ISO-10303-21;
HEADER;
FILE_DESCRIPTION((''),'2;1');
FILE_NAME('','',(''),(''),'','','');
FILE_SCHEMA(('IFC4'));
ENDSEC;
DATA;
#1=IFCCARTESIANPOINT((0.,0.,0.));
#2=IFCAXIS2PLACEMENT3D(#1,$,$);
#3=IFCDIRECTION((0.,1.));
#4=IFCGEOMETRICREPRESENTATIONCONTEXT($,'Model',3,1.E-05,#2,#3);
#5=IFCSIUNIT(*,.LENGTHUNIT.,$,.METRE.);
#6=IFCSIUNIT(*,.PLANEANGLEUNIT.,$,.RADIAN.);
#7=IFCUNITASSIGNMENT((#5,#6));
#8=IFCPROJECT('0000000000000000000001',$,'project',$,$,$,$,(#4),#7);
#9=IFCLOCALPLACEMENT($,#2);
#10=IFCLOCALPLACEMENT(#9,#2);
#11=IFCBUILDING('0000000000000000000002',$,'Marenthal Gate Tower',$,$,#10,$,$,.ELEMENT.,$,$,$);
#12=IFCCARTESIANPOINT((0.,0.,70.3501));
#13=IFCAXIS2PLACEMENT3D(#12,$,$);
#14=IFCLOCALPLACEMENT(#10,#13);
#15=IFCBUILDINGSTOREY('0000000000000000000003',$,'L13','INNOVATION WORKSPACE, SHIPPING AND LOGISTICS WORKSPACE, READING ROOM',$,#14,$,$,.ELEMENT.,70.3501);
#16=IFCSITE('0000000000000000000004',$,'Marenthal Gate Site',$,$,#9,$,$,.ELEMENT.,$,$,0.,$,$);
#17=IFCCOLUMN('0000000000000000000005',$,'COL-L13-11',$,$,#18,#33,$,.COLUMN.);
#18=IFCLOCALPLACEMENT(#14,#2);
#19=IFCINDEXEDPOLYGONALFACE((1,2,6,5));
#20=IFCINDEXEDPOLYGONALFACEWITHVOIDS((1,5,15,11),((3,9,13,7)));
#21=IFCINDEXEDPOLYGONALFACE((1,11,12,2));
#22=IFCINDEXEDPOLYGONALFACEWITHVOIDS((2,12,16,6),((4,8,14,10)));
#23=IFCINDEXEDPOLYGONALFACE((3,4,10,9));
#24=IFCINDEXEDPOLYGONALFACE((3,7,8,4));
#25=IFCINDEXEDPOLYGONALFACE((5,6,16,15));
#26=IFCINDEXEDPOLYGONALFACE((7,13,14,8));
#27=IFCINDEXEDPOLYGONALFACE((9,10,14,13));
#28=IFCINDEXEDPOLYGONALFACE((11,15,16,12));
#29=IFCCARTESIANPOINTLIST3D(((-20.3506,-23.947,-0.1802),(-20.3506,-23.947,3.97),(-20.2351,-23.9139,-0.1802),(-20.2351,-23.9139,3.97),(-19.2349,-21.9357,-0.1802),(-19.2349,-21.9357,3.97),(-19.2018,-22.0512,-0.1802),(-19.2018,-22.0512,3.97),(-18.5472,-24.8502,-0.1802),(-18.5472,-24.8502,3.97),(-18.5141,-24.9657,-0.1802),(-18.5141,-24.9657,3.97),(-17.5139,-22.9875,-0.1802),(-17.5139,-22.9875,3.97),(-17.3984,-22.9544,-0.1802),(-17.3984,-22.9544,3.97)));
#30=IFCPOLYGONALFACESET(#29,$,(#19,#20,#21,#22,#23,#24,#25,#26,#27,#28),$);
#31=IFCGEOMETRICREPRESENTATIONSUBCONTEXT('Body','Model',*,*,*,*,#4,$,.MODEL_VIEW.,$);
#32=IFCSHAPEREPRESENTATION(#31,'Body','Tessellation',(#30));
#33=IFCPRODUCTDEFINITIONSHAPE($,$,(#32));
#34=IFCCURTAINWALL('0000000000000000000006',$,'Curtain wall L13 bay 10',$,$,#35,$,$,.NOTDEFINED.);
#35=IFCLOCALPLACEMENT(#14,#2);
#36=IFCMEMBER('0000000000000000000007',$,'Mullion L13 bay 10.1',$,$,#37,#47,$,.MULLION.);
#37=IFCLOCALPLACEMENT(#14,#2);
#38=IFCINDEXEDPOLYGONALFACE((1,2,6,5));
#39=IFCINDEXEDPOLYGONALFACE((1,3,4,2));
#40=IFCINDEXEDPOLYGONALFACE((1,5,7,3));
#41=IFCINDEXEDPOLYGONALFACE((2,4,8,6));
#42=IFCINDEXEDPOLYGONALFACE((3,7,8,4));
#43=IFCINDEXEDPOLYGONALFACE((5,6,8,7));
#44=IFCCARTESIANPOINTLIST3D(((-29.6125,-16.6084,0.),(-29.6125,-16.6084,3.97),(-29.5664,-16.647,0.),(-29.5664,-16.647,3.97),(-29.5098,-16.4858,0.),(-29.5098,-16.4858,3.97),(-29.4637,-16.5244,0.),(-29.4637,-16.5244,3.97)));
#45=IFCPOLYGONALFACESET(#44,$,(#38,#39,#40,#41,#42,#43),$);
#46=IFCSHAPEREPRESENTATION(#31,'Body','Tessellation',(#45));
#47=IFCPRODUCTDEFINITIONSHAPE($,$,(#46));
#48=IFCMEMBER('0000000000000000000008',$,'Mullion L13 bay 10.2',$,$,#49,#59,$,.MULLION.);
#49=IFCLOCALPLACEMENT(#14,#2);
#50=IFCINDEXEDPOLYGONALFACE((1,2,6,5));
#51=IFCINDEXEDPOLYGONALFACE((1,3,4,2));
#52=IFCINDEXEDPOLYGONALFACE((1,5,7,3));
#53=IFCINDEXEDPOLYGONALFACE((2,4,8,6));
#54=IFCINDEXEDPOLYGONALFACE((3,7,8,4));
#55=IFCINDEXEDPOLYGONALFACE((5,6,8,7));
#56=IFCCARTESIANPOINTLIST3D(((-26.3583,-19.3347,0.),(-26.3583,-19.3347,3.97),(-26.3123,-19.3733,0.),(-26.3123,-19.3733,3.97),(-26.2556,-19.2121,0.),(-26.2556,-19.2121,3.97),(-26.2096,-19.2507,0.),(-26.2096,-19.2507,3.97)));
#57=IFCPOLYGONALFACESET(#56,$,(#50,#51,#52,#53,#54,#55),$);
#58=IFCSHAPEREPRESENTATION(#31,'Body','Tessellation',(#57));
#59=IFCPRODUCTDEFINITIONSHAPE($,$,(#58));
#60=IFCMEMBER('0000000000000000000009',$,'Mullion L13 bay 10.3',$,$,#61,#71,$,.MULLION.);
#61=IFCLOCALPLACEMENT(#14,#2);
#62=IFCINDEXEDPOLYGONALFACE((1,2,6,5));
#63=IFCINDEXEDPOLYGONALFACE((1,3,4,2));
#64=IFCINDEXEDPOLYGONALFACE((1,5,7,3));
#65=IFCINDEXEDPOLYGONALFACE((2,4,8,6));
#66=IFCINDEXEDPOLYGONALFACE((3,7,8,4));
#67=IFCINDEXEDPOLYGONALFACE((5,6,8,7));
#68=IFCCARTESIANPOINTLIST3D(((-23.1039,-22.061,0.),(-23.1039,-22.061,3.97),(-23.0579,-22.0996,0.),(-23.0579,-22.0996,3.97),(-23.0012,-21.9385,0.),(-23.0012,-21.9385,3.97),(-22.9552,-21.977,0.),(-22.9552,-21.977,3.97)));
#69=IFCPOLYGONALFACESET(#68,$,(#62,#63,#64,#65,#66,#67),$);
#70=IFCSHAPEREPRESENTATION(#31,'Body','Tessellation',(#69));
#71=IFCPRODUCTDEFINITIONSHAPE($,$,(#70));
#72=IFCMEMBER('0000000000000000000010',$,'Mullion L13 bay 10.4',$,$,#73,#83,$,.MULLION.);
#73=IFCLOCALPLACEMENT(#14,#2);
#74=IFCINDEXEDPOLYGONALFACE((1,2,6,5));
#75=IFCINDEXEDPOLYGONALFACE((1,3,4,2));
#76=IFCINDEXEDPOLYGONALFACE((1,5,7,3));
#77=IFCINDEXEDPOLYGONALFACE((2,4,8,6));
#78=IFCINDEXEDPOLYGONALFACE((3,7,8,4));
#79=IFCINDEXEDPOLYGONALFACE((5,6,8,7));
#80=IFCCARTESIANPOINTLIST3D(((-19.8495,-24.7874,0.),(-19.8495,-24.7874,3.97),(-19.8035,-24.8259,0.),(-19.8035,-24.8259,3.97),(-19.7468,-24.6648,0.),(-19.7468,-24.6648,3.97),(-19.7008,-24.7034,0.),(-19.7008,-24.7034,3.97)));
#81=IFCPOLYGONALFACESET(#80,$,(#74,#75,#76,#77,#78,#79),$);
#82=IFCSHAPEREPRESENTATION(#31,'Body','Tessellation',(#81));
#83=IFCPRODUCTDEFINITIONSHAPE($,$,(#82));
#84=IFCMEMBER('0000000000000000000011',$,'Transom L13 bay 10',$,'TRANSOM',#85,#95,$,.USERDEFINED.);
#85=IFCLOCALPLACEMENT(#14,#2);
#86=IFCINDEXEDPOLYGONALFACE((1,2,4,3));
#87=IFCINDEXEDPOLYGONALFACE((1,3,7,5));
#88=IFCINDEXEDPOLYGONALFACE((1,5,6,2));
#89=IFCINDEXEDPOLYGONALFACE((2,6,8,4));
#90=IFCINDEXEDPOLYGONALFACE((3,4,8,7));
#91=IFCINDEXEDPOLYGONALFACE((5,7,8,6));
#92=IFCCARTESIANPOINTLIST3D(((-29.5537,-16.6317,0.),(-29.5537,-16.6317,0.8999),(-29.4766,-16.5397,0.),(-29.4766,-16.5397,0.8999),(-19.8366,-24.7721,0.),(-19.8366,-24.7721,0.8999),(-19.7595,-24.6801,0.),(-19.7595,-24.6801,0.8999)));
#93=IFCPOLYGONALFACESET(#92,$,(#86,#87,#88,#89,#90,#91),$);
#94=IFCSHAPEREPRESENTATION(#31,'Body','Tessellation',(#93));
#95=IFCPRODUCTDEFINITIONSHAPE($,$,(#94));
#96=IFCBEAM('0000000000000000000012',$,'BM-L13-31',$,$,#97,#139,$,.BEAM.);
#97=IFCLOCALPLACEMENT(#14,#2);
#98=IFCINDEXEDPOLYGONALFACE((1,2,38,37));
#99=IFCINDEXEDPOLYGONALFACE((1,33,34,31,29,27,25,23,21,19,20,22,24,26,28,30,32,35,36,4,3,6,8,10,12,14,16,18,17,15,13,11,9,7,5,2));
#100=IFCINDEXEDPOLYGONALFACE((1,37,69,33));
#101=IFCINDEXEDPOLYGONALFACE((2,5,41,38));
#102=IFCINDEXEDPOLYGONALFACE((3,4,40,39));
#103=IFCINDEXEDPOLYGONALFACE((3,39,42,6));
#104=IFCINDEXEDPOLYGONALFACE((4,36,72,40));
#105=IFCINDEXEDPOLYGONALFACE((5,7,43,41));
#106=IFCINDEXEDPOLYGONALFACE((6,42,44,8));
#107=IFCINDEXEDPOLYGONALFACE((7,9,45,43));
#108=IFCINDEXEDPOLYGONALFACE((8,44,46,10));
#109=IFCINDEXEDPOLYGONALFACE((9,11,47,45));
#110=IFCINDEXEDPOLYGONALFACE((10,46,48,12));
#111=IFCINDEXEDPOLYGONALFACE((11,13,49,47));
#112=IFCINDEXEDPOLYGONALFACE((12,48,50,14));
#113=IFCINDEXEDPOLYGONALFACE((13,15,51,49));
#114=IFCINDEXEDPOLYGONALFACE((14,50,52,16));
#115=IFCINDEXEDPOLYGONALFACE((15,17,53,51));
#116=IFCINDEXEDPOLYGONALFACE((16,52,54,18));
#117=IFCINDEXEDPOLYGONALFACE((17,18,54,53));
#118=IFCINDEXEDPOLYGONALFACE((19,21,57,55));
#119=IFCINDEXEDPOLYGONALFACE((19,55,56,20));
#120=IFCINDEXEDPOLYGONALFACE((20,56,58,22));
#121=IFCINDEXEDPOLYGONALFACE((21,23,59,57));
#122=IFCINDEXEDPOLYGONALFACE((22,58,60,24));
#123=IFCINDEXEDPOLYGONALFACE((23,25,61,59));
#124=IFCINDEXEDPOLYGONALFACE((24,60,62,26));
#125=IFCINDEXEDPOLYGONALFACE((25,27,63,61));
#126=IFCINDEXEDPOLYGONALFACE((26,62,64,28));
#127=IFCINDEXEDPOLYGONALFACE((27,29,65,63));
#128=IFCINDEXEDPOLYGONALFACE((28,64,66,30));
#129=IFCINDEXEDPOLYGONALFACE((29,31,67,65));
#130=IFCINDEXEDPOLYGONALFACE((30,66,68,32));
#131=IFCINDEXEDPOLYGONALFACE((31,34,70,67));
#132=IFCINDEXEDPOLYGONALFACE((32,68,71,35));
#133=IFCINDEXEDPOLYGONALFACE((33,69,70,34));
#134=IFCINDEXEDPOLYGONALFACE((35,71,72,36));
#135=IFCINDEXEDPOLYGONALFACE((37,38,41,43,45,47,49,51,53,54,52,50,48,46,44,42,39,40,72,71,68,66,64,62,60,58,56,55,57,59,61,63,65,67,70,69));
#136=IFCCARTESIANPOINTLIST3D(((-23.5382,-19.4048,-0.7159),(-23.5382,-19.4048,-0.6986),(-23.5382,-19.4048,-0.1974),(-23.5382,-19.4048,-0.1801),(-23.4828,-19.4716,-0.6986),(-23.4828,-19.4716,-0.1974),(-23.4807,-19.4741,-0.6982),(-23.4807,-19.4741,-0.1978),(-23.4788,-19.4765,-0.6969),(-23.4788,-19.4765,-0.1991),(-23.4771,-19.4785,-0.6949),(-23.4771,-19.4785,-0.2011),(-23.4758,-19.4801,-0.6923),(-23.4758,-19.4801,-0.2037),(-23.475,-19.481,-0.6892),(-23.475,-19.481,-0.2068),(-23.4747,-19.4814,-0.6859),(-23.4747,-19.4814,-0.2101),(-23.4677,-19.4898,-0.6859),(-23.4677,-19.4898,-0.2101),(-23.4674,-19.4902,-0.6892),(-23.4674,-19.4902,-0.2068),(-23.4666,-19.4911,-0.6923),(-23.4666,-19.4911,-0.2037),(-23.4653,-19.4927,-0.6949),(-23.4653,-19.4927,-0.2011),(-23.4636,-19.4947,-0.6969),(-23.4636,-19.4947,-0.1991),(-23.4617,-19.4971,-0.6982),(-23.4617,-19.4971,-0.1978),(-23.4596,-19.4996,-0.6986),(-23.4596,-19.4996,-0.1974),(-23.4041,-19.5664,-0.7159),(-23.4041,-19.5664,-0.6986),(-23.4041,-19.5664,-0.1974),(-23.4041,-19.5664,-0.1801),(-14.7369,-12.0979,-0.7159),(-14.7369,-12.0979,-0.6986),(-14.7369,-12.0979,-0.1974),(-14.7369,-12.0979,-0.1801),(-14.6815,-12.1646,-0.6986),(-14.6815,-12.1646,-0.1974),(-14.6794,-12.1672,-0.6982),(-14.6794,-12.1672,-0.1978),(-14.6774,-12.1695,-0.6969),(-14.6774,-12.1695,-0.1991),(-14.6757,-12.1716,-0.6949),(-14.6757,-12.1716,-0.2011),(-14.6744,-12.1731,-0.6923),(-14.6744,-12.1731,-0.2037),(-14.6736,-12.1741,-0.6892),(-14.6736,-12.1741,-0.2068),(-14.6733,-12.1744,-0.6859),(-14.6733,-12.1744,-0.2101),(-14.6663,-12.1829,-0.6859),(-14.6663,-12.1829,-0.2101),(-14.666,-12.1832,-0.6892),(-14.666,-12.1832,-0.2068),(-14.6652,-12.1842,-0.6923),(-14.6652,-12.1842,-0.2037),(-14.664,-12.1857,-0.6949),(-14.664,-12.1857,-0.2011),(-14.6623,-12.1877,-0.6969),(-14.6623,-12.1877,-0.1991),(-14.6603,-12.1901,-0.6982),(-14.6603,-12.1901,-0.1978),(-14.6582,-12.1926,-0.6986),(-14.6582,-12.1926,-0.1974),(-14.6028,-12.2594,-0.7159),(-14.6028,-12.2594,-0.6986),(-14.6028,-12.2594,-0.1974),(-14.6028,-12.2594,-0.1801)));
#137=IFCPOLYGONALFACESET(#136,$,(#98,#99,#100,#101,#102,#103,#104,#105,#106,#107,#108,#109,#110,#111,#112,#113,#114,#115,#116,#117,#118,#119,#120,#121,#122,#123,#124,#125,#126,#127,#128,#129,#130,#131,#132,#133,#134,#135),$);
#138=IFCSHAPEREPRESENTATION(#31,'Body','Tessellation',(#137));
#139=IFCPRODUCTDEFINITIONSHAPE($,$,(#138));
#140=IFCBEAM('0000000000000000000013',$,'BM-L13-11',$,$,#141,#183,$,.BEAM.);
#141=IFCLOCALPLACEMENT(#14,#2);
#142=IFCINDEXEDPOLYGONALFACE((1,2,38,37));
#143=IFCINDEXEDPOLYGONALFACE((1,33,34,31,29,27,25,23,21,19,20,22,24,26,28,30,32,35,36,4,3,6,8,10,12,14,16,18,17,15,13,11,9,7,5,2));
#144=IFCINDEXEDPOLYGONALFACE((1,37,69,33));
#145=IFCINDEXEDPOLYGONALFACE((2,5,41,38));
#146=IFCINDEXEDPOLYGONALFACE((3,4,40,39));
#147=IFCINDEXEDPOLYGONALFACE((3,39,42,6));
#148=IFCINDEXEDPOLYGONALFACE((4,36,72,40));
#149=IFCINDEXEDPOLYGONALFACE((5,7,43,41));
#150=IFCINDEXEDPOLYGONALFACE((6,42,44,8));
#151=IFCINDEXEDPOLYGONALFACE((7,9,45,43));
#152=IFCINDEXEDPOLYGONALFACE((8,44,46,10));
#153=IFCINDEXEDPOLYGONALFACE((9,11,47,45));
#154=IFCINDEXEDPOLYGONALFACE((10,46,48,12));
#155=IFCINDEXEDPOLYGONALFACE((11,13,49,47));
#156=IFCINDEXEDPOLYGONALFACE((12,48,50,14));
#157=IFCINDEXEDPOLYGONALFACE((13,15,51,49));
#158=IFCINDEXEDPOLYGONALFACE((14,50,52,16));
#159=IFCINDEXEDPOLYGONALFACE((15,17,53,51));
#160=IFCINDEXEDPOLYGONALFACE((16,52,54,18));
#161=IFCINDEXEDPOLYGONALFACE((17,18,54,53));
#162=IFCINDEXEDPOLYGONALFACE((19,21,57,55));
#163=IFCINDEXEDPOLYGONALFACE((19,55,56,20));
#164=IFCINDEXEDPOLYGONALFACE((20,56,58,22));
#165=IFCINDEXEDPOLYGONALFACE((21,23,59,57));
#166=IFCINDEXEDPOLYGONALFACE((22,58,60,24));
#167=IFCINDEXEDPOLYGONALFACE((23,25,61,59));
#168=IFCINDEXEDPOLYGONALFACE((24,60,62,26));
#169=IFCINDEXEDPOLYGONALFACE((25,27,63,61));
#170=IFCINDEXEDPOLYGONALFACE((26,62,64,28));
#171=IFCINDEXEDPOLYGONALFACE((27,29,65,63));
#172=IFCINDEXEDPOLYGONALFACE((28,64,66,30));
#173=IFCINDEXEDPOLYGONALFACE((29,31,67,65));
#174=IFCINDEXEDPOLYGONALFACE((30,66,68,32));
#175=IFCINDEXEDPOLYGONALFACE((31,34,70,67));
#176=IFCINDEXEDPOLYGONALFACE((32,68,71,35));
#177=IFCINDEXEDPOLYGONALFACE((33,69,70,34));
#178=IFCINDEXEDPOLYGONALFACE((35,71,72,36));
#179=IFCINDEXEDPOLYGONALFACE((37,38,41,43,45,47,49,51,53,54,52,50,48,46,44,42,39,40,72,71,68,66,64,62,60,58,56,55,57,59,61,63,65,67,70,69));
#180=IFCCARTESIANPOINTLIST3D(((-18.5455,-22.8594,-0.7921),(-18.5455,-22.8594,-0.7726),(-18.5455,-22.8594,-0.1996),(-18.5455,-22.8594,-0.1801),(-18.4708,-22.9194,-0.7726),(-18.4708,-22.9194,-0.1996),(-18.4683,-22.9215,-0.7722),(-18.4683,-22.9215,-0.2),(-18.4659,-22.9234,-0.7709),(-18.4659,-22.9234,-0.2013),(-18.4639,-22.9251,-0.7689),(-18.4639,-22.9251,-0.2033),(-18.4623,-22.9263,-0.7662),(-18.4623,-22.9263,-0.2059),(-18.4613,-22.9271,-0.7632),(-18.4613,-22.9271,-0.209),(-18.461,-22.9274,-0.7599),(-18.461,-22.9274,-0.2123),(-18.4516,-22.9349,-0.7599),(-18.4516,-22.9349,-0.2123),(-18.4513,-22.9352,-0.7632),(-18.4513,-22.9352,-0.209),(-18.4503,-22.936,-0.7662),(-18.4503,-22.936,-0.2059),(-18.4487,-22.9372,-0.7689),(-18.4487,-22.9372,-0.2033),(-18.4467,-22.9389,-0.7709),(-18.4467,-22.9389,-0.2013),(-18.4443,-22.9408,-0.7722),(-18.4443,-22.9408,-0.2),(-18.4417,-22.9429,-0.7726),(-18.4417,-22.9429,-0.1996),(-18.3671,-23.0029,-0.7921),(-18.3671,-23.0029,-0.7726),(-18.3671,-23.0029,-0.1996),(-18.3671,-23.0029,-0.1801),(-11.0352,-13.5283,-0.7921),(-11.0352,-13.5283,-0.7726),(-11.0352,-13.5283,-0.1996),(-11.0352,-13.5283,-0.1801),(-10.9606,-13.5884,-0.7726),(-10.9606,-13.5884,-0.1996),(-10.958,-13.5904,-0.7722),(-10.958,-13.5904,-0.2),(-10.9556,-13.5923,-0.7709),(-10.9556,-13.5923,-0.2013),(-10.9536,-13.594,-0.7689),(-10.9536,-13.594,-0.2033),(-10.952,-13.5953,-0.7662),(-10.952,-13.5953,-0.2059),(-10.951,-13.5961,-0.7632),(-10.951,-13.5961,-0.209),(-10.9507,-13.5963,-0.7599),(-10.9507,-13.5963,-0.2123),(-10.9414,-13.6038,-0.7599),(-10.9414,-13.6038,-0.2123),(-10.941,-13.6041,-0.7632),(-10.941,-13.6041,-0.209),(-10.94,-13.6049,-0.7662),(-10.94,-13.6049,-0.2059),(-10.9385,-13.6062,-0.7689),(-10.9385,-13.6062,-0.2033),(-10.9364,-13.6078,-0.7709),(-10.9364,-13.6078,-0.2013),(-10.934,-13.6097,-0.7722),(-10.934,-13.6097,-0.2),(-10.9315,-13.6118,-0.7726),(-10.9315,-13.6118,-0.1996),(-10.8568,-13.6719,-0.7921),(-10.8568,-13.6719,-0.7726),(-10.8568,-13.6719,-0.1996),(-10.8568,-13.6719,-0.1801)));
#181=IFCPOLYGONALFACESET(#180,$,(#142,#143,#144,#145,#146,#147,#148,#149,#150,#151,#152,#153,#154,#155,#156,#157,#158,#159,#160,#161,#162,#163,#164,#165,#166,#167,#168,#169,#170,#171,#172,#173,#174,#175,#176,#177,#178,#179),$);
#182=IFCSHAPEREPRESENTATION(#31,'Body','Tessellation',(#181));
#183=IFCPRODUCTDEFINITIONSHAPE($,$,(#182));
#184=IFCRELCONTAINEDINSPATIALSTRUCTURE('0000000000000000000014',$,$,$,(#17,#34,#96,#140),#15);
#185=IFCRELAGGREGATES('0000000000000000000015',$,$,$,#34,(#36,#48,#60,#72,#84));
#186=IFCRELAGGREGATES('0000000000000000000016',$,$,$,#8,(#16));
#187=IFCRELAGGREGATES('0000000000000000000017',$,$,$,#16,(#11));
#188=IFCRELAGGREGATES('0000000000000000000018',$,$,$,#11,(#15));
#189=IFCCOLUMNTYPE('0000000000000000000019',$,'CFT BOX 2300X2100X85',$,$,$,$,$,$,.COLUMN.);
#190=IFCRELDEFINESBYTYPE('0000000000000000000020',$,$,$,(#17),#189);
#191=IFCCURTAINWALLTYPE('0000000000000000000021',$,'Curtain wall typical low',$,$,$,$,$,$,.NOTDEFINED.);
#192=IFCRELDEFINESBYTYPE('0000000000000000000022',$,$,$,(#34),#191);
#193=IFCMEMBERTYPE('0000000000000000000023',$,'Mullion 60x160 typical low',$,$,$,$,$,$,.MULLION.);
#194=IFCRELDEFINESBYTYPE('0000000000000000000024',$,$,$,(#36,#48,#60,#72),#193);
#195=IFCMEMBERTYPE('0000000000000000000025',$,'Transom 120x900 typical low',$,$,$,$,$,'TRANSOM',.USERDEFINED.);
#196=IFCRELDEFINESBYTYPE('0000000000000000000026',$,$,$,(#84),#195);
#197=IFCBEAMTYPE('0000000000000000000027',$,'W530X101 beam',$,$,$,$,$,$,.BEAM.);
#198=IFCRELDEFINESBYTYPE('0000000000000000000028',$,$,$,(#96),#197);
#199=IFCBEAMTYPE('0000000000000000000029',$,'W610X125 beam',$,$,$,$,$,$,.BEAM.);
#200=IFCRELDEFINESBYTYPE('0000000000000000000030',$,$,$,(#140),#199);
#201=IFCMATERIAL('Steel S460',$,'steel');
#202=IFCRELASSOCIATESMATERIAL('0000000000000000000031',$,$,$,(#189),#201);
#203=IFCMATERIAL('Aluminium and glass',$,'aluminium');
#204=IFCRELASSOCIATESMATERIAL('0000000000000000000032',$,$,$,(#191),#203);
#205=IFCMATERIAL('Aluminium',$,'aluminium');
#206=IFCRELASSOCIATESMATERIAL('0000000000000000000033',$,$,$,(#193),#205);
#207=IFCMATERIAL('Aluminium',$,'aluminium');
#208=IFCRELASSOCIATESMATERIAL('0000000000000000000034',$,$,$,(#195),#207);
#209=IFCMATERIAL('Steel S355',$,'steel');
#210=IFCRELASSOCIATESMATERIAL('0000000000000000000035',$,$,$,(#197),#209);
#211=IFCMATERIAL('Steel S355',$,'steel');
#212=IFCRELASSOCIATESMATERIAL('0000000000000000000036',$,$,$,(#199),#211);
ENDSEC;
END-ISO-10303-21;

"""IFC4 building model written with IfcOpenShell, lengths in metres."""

from ifc_helpers import new_model, si_unit, direction, frame, origin, origin_2d, place, context, subcontext, project, spatial, rectangle, hollow_rectangle, i_section, extrude, material, material_profile, profile_set, type_object, element, aggregate, save


model = new_model("IFC4")

# Units and contexts
model_context = context("Model", 3, precision=1e-05, world=origin(), true_north=direction((0.0, 1.0)))
body_context = subcontext(model_context, "Body", "Model", "MODEL_VIEW")
ifc_project = project(units=[si_unit("LENGTHUNIT", "METRE"), si_unit("PLANEANGLEUNIT", "RADIAN")], contexts=[model_context])

# Site, building, storey
site_placement = place(None, origin())
site = spatial("IfcSite", under=ifc_project, at=site_placement, Name="Marenthal Gate Site", CompositionType="ELEMENT", RefElevation=0.0)
building_placement = place(site_placement, origin())
building = spatial("IfcBuilding", under=site, at=building_placement, Name="Marenthal Gate Tower", CompositionType="ELEMENT")
storey_placement = place(building_placement, frame((0.0, 0.0, 70.3501)))
storey = spatial("IfcBuildingStorey", under=building, at=storey_placement, Name="L13", Description="INNOVATION WORKSPACE, SHIPPING AND LOGISTICS WORKSPACE, READING ROOM", CompositionType="ELEMENT", Elevation=70.3501)

# Column
ifc_material_1 = material(Name="Steel S460", Category="steel")
ifc_material_profile_1 = material_profile(ifc_material_1, hollow_rectangle(XDim=2.1001, YDim=2.3, WallThickness=0.085, at=origin_2d()), Name="CFT BOX 2300X2100X85")
ifc_material_2 = material(Name="Concrete 70 MPa", Category="concrete")
ifc_material_profile_2 = material_profile(ifc_material_2, rectangle(XDim=1.9299, YDim=2.1299, at=origin_2d()), Name="CFT BOX 2300X2100X85 INFILL")
ifc_profile_set_1 = profile_set([ifc_material_profile_1, ifc_material_profile_2], Name="Steel S460 shell, Concrete 70 MPa infill")
column_type = type_object("IfcColumnType", Name="CFT BOX 2300X2100X85", PredefinedType="COLUMN", material=ifc_profile_set_1)
column_placement = place(storey_placement, frame((-18.8745, -23.4507, -0.1802), z_axis=(0.0, 0.0, 1.0), x_axis=(-0.874469, 0.485081, 0.0)))
element("IfcColumn", 1, at=column_placement, inside=storey, type_object=column_type, Name="COL-L13-11", PredefinedType="COLUMN", context=body_context, shape_type="SweptSolid", body=[
    extrude(hollow_rectangle(XDim=2.1001, YDim=2.3, WallThickness=0.085, at=origin_2d()), origin(), (0.0, 0.0, 1.0), 4.1501),
])

# Curtain wall, members
ifc_material_3 = material(Name="Aluminium and glass", Category="aluminium")
curtain_wall_type = type_object("IfcCurtainWallType", Name="Curtain wall typical low", PredefinedType="NOTDEFINED", material=ifc_material_3)
curtain_wall_placement = place(storey_placement, origin())
curtain_wall = element("IfcCurtainWall", 2, at=curtain_wall_placement, inside=storey, type_object=curtain_wall_type, Name="Curtain wall L13 bay 10", PredefinedType="NOTDEFINED")
ifc_material_4 = material(Name="Aluminium", Category="aluminium")
ifc_material_profile_3 = material_profile(ifc_material_4, rectangle(XDim=0.1599, YDim=0.0601, at=origin_2d()), Name="60x160 aluminium mullion")
ifc_profile_set_2 = profile_set([ifc_material_profile_3], Name="Aluminium")
member_type_1 = type_object("IfcMemberType", Name="Mullion 60x160 typical low", PredefinedType="MULLION", material=ifc_profile_set_2)
member_1_placement = place(storey_placement, frame((-29.5381, -16.5664, 0.0), z_axis=(0.0, 0.0, 1.0), x_axis=(0.642176, 0.766557, 0.0)))
member_1 = element("IfcMember", 3, at=member_1_placement, type_object=member_type_1, Name="Mullion L13 bay 10.1", PredefinedType="MULLION", context=body_context, shape_type="SweptSolid", body=[
    extrude(rectangle(XDim=0.1599, YDim=0.0601, at=origin_2d()), origin(), (0.0, 0.0, 1.0), 3.97),
])
member_2_placement = place(storey_placement, frame((-26.2839, -19.2927, 0.0), z_axis=(0.0, 0.0, 1.0), x_axis=(0.642176, 0.766557, 0.0)))
member_2 = element("IfcMember", 4, at=member_2_placement, type_object=member_type_1, Name="Mullion L13 bay 10.2", PredefinedType="MULLION", context=body_context, shape_type="SweptSolid", body=[
    extrude(rectangle(XDim=0.1599, YDim=0.0601, at=origin_2d()), origin(), (0.0, 0.0, 1.0), 3.97),
])
member_3_placement = place(storey_placement, frame((-23.0295, -22.019, 0.0), z_axis=(0.0, 0.0, 1.0), x_axis=(0.642176, 0.766557, 0.0)))
member_3 = element("IfcMember", 5, at=member_3_placement, type_object=member_type_1, Name="Mullion L13 bay 10.3", PredefinedType="MULLION", context=body_context, shape_type="SweptSolid", body=[
    extrude(rectangle(XDim=0.1599, YDim=0.0601, at=origin_2d()), origin(), (0.0, 0.0, 1.0), 3.97),
])
member_4_placement = place(storey_placement, frame((-19.7751, -24.7454, 0.0), z_axis=(0.0, 0.0, 1.0), x_axis=(0.642176, 0.766557, 0.0)))
member_4 = element("IfcMember", 6, at=member_4_placement, type_object=member_type_1, Name="Mullion L13 bay 10.4", PredefinedType="MULLION", context=body_context, shape_type="SweptSolid", body=[
    extrude(rectangle(XDim=0.1599, YDim=0.0601, at=origin_2d()), origin(), (0.0, 0.0, 1.0), 3.97),
])
ifc_material_5 = material(Name="Aluminium", Category="aluminium")
ifc_material_profile_4 = material_profile(ifc_material_5, rectangle(XDim=0.1201, YDim=0.8999, at=origin_2d()), Name="120x900 aluminium transom")
ifc_profile_set_3 = profile_set([ifc_material_profile_4], Name="Aluminium")
member_type_2 = type_object("IfcMemberType", Name="Transom 120x900 typical low", ElementType="TRANSOM", PredefinedType="USERDEFINED", material=ifc_profile_set_3)
member_5_placement = place(storey_placement, frame((-29.5151, -16.5857, 0.45), z_axis=(0.766556, -0.642177, 0.0), x_axis=(0.642177, 0.766556, 0.0)))
member_5 = element("IfcMember", 7, at=member_5_placement, type_object=member_type_2, Name="Transom L13 bay 10", ObjectType="TRANSOM", PredefinedType="USERDEFINED", context=body_context, shape_type="SweptSolid", body=[
    extrude(rectangle(XDim=0.1201, YDim=0.8999, at=origin_2d()), origin(), (0.0, 0.0, 1.0), 12.6763),
])

# Beams
ifc_material_6 = material(Name="Steel S355", Category="steel")
ifc_material_profile_5 = material_profile(ifc_material_6, i_section(OverallWidth=0.21, OverallDepth=0.5359, WebThickness=0.011, FlangeThickness=0.0173, FilletRadius=0.0127, at=origin_2d()), Name="W530X101")
ifc_profile_set_4 = profile_set([ifc_material_profile_5], Name="Steel S355")
beam_type_1 = type_object("IfcBeamType", Name="W530X101 beam", PredefinedType="BEAM", material=ifc_profile_set_4)
beam_1_placement = place(storey_placement, frame((-23.4712, -19.4856, -0.448), z_axis=(0.769403, 0.638764, 0.0), x_axis=(-0.638764, 0.769403, 0.0)))
element("IfcBeam", 8, at=beam_1_placement, inside=storey, type_object=beam_type_1, Name="BM-L13-31", PredefinedType="BEAM", context=body_context, shape_type="SweptSolid", body=[
    extrude(i_section(OverallWidth=0.21, OverallDepth=0.5359, WebThickness=0.011, FlangeThickness=0.0173, FilletRadius=0.0127, at=origin_2d()), origin(), (0.0, 0.0, 1.0), 11.4392),
])
ifc_material_7 = material(Name="Steel S355", Category="steel")
ifc_material_profile_6 = material_profile(ifc_material_7, i_section(OverallWidth=0.229, OverallDepth=0.6121, WebThickness=0.012, FlangeThickness=0.0195, FilletRadius=0.0127, at=origin_2d()), Name="W610X125")
ifc_profile_set_5 = profile_set([ifc_material_profile_6], Name="Steel S355")
beam_type_2 = type_object("IfcBeamType", Name="W610X125 beam", PredefinedType="BEAM", material=ifc_profile_set_5)
beam_2_placement = place(storey_placement, frame((-18.4563, -22.9312, -0.4861), z_axis=(0.627004, 0.779016, 0.0), x_axis=(-0.779016, 0.627004, 0.0)))
element("IfcBeam", 9, at=beam_2_placement, inside=storey, type_object=beam_type_2, Name="BM-L13-11", PredefinedType="BEAM", context=body_context, shape_type="SweptSolid", body=[
    extrude(i_section(OverallWidth=0.229, OverallDepth=0.6121, WebThickness=0.012, FlangeThickness=0.0195, FilletRadius=0.0127, at=origin_2d()), origin(), (0.0, 0.0, 1.0), 11.978),
])

aggregate(curtain_wall, [member_1, member_2, member_3, member_4, member_5])

save(model, "model.ifc")
